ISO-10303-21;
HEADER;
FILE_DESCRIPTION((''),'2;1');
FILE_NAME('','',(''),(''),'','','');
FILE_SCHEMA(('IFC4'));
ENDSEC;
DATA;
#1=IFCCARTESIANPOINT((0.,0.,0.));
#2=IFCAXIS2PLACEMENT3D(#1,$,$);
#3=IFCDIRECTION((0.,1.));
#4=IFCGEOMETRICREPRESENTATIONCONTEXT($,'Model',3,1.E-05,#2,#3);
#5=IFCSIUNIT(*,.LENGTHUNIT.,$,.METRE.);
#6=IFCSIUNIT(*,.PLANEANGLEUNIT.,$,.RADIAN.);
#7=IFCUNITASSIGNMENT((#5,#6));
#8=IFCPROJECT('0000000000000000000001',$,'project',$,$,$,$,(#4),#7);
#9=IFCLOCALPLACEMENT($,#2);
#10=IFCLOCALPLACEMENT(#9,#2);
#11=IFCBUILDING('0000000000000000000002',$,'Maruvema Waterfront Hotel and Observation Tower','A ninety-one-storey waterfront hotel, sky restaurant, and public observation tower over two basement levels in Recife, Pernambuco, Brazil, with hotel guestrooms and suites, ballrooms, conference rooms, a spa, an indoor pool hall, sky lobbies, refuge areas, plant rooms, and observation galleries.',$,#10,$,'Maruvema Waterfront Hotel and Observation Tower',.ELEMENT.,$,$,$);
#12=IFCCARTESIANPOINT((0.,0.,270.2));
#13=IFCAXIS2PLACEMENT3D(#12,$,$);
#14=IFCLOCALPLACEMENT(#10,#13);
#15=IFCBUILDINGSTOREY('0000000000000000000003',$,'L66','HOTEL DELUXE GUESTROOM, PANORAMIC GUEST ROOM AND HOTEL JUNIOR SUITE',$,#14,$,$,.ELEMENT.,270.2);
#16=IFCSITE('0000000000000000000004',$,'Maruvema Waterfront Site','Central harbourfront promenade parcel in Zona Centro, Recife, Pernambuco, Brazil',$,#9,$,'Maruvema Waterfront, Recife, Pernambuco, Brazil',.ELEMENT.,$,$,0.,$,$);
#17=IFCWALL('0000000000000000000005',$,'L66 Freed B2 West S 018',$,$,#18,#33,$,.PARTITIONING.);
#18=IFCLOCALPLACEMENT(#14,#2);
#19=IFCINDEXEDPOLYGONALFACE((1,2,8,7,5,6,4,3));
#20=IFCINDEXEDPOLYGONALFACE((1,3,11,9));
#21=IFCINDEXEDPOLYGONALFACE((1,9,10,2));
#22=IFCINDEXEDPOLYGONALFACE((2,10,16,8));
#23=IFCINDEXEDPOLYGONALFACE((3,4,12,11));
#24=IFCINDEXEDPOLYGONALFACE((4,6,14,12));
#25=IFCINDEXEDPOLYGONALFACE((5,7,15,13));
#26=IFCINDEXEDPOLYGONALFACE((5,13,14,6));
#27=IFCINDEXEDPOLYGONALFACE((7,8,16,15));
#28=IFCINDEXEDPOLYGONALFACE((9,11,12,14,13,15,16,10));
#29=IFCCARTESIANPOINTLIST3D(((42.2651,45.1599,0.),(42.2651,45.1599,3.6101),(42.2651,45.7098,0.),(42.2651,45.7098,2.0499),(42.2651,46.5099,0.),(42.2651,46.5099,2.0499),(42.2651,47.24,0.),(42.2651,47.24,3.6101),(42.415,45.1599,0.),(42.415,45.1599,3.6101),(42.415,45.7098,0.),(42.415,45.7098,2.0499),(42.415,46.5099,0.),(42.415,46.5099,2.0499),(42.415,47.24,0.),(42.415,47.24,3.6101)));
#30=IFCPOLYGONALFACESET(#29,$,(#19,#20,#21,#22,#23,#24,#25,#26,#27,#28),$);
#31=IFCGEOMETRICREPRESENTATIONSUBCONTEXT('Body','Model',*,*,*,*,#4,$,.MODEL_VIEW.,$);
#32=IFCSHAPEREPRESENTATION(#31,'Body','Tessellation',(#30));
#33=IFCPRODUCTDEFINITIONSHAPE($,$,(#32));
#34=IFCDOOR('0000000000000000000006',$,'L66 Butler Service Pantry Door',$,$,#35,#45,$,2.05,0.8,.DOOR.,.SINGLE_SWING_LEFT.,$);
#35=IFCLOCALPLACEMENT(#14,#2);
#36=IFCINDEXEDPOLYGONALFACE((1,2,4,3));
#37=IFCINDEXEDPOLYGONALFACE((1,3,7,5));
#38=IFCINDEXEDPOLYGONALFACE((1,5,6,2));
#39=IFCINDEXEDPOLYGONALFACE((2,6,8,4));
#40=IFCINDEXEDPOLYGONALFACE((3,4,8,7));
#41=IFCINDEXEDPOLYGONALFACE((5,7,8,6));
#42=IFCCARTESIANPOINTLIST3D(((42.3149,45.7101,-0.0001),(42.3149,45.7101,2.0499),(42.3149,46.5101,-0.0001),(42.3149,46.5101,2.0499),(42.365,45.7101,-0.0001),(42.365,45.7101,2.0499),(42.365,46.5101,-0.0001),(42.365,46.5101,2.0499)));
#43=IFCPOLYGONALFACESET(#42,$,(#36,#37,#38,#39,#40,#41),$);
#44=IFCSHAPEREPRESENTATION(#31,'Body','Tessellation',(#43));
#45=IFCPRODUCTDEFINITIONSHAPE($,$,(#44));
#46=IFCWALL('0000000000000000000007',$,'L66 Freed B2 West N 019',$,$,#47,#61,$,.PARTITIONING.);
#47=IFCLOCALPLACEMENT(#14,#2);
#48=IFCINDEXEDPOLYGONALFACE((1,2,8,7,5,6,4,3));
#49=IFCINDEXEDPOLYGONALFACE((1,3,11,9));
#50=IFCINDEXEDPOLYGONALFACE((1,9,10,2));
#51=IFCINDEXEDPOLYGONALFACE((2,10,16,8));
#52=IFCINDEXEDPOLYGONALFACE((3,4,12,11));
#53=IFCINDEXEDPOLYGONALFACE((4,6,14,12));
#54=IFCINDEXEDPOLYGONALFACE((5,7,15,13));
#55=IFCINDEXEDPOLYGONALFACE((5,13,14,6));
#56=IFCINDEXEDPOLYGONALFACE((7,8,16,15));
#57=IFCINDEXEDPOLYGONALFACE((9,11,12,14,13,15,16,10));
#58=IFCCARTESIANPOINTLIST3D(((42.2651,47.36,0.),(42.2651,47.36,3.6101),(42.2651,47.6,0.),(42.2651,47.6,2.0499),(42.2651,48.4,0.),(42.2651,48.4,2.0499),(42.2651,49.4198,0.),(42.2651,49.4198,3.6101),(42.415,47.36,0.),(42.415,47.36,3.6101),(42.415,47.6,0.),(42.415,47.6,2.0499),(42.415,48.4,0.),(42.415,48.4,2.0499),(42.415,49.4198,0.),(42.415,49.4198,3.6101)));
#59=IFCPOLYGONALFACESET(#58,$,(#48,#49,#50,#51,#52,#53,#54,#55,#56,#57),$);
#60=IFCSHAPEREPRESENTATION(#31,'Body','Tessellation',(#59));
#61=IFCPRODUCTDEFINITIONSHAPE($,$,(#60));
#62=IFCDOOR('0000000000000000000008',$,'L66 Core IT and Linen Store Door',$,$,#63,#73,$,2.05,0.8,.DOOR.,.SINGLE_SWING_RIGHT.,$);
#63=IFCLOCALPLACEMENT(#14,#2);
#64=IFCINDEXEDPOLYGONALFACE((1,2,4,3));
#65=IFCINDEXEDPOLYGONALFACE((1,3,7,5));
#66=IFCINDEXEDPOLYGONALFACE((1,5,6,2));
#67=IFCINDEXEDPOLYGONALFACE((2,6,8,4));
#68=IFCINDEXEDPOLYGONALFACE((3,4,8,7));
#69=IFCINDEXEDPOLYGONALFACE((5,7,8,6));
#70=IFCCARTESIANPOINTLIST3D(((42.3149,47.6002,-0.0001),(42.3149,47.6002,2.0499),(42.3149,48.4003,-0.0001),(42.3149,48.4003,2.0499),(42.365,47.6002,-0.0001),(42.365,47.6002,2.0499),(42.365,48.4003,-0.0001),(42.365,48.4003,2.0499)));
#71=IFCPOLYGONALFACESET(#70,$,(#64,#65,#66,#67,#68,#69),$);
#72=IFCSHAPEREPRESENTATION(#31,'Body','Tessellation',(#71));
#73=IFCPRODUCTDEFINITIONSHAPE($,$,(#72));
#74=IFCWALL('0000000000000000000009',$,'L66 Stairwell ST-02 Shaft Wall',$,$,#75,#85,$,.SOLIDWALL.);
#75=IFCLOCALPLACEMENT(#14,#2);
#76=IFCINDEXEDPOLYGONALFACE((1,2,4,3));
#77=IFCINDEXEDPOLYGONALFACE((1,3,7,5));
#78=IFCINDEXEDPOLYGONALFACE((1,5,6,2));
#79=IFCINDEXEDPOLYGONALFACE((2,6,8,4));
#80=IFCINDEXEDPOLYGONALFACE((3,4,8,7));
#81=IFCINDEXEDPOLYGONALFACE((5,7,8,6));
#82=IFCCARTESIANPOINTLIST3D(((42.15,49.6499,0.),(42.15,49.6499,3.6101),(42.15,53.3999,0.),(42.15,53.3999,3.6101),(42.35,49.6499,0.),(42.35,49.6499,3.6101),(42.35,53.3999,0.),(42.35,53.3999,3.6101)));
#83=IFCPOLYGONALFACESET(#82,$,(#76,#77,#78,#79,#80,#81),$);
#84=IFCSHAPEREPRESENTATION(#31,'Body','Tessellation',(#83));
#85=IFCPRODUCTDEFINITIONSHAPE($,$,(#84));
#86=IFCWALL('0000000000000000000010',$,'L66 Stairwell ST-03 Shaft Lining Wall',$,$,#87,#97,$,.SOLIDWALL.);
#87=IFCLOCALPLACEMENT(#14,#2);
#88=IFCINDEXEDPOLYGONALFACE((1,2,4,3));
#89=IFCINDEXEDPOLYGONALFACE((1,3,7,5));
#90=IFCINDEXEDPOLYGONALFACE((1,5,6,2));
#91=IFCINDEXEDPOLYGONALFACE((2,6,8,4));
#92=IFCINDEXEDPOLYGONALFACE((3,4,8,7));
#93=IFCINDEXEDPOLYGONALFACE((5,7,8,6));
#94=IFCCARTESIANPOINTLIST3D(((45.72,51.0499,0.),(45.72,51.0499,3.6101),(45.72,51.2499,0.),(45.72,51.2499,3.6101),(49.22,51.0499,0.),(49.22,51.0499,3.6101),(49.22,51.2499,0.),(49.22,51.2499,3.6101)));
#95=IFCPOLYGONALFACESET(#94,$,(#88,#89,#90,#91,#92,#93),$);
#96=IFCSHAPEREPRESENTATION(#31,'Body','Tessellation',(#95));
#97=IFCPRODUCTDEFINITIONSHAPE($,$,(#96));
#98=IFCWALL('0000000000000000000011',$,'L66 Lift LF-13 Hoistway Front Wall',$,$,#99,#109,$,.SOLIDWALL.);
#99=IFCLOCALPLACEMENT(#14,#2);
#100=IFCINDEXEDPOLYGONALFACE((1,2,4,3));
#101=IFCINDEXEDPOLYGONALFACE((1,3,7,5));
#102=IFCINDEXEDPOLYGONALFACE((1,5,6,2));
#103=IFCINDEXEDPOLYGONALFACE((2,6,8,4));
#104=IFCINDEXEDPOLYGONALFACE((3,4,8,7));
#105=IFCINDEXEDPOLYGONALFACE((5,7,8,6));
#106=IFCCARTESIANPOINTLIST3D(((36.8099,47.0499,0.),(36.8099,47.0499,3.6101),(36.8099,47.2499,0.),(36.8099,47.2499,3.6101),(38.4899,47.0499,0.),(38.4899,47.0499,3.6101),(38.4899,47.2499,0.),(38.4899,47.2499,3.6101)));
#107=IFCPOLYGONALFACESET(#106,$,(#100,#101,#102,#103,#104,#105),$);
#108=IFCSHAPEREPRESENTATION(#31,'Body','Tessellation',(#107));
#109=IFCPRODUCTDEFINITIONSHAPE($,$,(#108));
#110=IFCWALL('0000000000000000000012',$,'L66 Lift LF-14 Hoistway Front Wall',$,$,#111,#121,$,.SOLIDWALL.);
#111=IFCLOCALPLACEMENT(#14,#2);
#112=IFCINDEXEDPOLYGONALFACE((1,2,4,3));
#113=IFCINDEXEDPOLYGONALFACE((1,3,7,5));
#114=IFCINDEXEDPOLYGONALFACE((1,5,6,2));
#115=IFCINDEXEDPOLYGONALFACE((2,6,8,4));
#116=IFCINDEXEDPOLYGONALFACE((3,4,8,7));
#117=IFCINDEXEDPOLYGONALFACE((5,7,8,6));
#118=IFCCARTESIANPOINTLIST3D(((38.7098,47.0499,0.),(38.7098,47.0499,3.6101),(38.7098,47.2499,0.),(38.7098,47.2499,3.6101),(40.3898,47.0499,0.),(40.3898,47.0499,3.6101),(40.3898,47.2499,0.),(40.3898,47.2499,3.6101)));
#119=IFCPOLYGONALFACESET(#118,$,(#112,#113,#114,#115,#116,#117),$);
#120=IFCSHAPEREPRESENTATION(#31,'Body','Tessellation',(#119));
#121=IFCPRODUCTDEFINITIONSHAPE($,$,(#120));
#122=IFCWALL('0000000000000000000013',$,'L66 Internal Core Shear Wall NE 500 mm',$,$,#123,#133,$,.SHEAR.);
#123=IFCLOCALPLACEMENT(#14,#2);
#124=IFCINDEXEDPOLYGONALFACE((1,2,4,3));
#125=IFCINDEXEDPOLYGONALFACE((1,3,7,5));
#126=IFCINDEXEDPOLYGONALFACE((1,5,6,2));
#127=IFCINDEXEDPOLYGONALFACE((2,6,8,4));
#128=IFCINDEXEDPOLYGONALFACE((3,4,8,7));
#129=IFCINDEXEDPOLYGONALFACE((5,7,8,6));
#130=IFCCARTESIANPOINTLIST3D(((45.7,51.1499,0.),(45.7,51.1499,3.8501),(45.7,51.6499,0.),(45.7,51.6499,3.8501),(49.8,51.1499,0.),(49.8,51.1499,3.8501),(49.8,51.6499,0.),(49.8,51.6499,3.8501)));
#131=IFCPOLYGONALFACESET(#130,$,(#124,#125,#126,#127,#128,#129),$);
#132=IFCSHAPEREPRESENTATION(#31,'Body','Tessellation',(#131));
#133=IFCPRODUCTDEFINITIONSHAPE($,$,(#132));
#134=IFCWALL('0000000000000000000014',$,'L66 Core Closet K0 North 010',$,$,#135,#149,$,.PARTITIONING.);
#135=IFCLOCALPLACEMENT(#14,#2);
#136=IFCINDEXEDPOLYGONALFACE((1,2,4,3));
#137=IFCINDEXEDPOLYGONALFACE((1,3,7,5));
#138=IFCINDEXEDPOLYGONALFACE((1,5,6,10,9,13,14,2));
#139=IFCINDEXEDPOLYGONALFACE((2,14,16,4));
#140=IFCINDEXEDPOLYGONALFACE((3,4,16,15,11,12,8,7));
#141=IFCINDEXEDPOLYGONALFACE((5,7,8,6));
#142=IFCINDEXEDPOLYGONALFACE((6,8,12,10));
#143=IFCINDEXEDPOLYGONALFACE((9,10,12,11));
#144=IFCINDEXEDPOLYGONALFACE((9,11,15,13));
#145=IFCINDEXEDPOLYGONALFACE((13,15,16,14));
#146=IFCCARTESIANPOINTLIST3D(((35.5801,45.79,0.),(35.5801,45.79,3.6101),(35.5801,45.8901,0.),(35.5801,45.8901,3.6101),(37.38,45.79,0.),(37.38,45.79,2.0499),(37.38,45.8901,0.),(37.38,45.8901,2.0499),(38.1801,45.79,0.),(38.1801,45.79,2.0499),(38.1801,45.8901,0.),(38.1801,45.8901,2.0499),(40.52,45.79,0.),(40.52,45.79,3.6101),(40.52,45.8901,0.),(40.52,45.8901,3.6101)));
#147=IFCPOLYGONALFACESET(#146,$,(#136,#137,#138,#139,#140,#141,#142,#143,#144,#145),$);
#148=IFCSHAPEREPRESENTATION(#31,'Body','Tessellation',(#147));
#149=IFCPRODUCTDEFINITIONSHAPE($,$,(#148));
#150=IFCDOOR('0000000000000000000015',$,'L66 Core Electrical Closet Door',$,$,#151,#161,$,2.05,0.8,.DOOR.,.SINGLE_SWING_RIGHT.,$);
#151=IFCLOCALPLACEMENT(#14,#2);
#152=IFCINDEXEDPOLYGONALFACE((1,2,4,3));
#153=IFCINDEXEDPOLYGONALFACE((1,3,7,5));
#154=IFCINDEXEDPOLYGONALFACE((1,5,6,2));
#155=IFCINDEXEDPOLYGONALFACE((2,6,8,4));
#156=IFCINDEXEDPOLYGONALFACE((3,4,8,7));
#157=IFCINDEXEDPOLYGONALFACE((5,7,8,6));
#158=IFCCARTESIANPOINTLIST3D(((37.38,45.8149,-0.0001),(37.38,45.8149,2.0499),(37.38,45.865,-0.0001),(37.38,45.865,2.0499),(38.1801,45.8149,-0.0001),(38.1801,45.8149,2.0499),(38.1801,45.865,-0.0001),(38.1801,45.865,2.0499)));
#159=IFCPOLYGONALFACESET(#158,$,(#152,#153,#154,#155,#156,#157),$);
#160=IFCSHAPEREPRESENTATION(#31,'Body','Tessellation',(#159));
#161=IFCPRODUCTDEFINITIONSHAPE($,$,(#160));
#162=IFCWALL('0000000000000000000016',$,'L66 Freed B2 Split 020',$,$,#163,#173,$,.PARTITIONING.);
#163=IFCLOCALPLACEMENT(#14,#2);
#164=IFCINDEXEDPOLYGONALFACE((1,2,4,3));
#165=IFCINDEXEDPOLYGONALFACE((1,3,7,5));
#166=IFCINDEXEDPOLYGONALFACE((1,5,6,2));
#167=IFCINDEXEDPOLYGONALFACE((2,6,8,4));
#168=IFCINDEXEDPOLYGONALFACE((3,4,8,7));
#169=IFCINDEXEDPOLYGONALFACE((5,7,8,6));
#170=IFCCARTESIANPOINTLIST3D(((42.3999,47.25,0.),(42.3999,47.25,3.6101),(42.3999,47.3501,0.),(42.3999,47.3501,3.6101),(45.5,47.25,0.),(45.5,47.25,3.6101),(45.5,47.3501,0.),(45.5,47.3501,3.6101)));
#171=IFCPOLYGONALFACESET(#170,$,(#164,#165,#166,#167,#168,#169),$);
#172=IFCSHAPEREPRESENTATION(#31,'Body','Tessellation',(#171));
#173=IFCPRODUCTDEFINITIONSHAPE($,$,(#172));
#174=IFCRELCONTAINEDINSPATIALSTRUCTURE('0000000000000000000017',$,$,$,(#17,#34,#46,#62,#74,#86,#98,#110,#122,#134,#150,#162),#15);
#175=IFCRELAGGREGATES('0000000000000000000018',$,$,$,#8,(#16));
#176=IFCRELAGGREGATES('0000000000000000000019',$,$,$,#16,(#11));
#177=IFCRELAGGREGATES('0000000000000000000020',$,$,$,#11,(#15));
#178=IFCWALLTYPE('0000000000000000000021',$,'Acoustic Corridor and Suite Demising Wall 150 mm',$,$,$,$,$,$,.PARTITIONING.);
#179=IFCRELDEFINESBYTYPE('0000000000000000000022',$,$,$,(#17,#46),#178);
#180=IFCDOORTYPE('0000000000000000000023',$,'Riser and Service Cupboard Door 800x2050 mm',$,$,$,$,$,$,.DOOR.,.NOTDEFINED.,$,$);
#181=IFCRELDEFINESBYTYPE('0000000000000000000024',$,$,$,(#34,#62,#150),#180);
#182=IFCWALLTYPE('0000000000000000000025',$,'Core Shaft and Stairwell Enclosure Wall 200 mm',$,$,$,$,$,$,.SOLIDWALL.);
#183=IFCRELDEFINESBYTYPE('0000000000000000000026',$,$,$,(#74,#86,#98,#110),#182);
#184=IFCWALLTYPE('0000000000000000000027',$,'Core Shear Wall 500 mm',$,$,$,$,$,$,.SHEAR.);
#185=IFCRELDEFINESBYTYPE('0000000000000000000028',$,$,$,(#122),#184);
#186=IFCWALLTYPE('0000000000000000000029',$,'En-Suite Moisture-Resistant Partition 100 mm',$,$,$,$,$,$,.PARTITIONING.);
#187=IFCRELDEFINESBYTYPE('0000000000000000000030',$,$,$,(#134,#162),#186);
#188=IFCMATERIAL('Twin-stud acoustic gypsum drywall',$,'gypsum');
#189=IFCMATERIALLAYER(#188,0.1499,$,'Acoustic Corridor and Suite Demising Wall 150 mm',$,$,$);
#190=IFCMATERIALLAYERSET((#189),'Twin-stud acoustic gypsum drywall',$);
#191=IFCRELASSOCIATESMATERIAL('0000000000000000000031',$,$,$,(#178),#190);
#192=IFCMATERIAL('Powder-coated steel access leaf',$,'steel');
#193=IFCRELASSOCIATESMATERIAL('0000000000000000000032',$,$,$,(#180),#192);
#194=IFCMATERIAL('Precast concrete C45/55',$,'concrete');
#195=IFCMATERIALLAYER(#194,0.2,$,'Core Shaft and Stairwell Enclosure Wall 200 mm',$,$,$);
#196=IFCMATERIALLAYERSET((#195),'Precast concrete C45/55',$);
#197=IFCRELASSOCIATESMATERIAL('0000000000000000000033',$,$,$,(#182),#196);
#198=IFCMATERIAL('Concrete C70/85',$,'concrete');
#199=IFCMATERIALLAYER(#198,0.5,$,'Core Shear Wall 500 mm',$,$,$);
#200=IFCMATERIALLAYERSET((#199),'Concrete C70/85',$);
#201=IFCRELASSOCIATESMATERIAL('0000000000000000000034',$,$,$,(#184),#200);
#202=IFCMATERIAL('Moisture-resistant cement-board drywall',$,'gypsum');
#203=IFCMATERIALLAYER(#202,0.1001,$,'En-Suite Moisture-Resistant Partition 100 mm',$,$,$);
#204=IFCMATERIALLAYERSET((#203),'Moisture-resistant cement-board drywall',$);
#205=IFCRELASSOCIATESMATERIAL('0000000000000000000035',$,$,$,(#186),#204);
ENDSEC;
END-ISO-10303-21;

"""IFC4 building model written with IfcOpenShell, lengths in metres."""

from ifc_helpers import new_model, si_unit, direction, frame, frame_2d, origin, place, context, subcontext, project, spatial, rectangle, extrude, material, layer, layer_set, type_object, element, fill, save


model = new_model("IFC4")

# Units and contexts
model_context = context("Model", 3, precision=1e-05, world=origin(), true_north=direction((0.0, 1.0)))
body_context = subcontext(model_context, "Body", "Model", "MODEL_VIEW")
ifc_project = project(units=[si_unit("LENGTHUNIT", "METRE"), si_unit("PLANEANGLEUNIT", "RADIAN")], contexts=[model_context])

# Site, building, storey
site_placement = place(None, origin())
site = spatial("IfcSite", under=ifc_project, at=site_placement, Name="Maruvema Waterfront Site", Description="Central harbourfront promenade parcel in Zona Centro, Recife, Pernambuco, Brazil", LongName="Maruvema Waterfront, Recife, Pernambuco, Brazil", CompositionType="ELEMENT", RefElevation=0.0)
building_placement = place(site_placement, origin())
building = spatial("IfcBuilding", under=site, at=building_placement, Name="Maruvema Waterfront Hotel and Observation Tower", Description="A ninety-one-storey waterfront hotel, sky restaurant, and public observation tower over two basement levels in Recife, Pernambuco, Brazil, with hotel guestrooms and suites, ballrooms, conference rooms, a spa, an indoor pool hall, sky lobbies, refuge areas, plant rooms, and observation galleries.", LongName="Maruvema Waterfront Hotel and Observation Tower", CompositionType="ELEMENT")
storey_placement = place(building_placement, frame((0.0, 0.0, 270.2)))
storey = spatial("IfcBuildingStorey", under=building, at=storey_placement, Name="L66", Description="HOTEL DELUXE GUESTROOM, PANORAMIC GUEST ROOM AND HOTEL JUNIOR SUITE", CompositionType="ELEMENT", Elevation=270.2)

# Walls, openings, doors
ifc_material_1 = material(Name="Twin-stud acoustic gypsum drywall", Category="gypsum")
ifc_layer_1 = layer(ifc_material_1, 0.1499, Name="Acoustic Corridor and Suite Demising Wall 150 mm")
ifc_layer_set_1 = layer_set([ifc_layer_1], Name="Twin-stud acoustic gypsum drywall")
wall_type_1 = type_object("IfcWallType", Name="Acoustic Corridor and Suite Demising Wall 150 mm", PredefinedType="PARTITIONING", material=ifc_layer_set_1)
wall_1_placement = place(storey_placement, frame((42.3401, 45.1599, 0.0), z_axis=(0.0, 0.0, 1.0), x_axis=(0.0, 1.0, 0.0)))
wall_1 = element("IfcWall", 1, at=wall_1_placement, inside=storey, type_object=wall_type_1, Name="L66 Freed B2 West S 018", PredefinedType="PARTITIONING", context=body_context, shape_type="SweptSolid", body=[
    extrude(rectangle(XDim=2.0801, YDim=0.1499, at=frame_2d((1.04, 0.0))), origin(), (0.0, 0.0, 1.0), 3.6101),
])
opening_1_placement = place(wall_1_placement, frame((0.55, 0.0, 0.0)))
opening_1 = element("IfcOpeningElement", 2, at=opening_1_placement, cuts=wall_1, PredefinedType="OPENING", context=body_context, shape_type="SweptSolid", body=[
    extrude(rectangle(XDim=0.8, YDim=2.05, at=frame_2d((0.3999, 1.0249))), frame((0.0, 0.085, 0.0), z_axis=(0.0, -1.0, 0.0), x_axis=(1.0, 0.0, 0.0)), (0.0, 0.0, 1.0), 0.1699),
])
ifc_material_2 = material(Name="Powder-coated steel access leaf", Category="steel")
door_type = type_object("IfcDoorType", Name="Riser and Service Cupboard Door 800x2050 mm", OperationType="NOTDEFINED", PredefinedType="DOOR", material=ifc_material_2)
door_1_placement = place(opening_1_placement, frame((0.8, 0.0, 0.0), z_axis=(0.0, 0.0, 1.0), x_axis=(-1.0, 0.0, 0.0)))
door_1 = element("IfcDoor", 3, at=door_1_placement, inside=storey, type_object=door_type, Name="L66 Butler Service Pantry Door", OperationType="SINGLE_SWING_LEFT", OverallHeight=2.05, OverallWidth=0.8, PredefinedType="DOOR", context=body_context, shape_type="SweptSolid", body=[
    extrude(rectangle(XDim=0.8, YDim=2.05, at=frame_2d((0.3999, 1.0249))), frame((0.0, 0.0249, 0.0), z_axis=(0.0, -1.0, 0.0), x_axis=(1.0, 0.0, 0.0)), (0.0, 0.0, 1.0), 0.05),
])
fill(opening_1, door_1)
wall_2_placement = place(storey_placement, frame((42.3401, 47.3601, 0.0), z_axis=(0.0, 0.0, 1.0), x_axis=(0.0, 1.0, 0.0)))
wall_2 = element("IfcWall", 4, at=wall_2_placement, inside=storey, type_object=wall_type_1, Name="L66 Freed B2 West N 019", PredefinedType="PARTITIONING", context=body_context, shape_type="SweptSolid", body=[
    extrude(rectangle(XDim=2.0598, YDim=0.1499, at=frame_2d((1.0298, 0.0))), origin(), (0.0, 0.0, 1.0), 3.6101),
])
opening_2_placement = place(wall_2_placement, frame((0.24, 0.0, 0.0)))
opening_2 = element("IfcOpeningElement", 5, at=opening_2_placement, cuts=wall_2, PredefinedType="OPENING", context=body_context, shape_type="SweptSolid", body=[
    extrude(rectangle(XDim=0.8, YDim=2.05, at=frame_2d((0.3999, 1.0249))), frame((0.0, 0.085, 0.0), z_axis=(0.0, -1.0, 0.0), x_axis=(1.0, 0.0, 0.0)), (0.0, 0.0, 1.0), 0.1699),
])
door_2_placement = place(opening_2_placement, frame((0.8, 0.0, 0.0), z_axis=(0.0, 0.0, 1.0), x_axis=(-1.0, 0.0, 0.0)))
door_2 = element("IfcDoor", 6, at=door_2_placement, inside=storey, type_object=door_type, Name="L66 Core IT and Linen Store Door", OperationType="SINGLE_SWING_RIGHT", OverallHeight=2.05, OverallWidth=0.8, PredefinedType="DOOR", context=body_context, shape_type="SweptSolid", body=[
    extrude(rectangle(XDim=0.8, YDim=2.05, at=frame_2d((0.3999, 1.0249))), frame((0.0, 0.0249, 0.0), z_axis=(0.0, -1.0, 0.0), x_axis=(1.0, 0.0, 0.0)), (0.0, 0.0, 1.0), 0.05),
])
fill(opening_2, door_2)

# Walls
ifc_material_3 = material(Name="Precast concrete C45/55", Category="concrete")
ifc_layer_2 = layer(ifc_material_3, 0.2, Name="Core Shaft and Stairwell Enclosure Wall 200 mm")
ifc_layer_set_2 = layer_set([ifc_layer_2], Name="Precast concrete C45/55")
wall_type_2 = type_object("IfcWallType", Name="Core Shaft and Stairwell Enclosure Wall 200 mm", PredefinedType="SOLIDWALL", material=ifc_layer_set_2)
wall_3_placement = place(storey_placement, frame((42.25, 49.6499, 0.0), z_axis=(0.0, 0.0, 1.0), x_axis=(0.0, 1.0, 0.0)))
element("IfcWall", 7, at=wall_3_placement, inside=storey, type_object=wall_type_2, Name="L66 Stairwell ST-02 Shaft Wall", PredefinedType="SOLIDWALL", context=body_context, shape_type="SweptSolid", body=[
    extrude(rectangle(XDim=3.75, YDim=0.2, at=frame_2d((1.875, 0.0))), origin(), (0.0, 0.0, 1.0), 3.6101),
])
wall_4_placement = place(storey_placement, frame((45.72, 51.1499, 0.0), z_axis=(0.0, 0.0, 1.0), x_axis=(1.0, 0.0, 0.0)))
element("IfcWall", 8, at=wall_4_placement, inside=storey, type_object=wall_type_2, Name="L66 Stairwell ST-03 Shaft Lining Wall", PredefinedType="SOLIDWALL", context=body_context, shape_type="SweptSolid", body=[
    extrude(rectangle(XDim=3.5, YDim=0.2, at=frame_2d((1.75, 0.0))), origin(), (0.0, 0.0, 1.0), 3.6101),
])
for number, where, z_axis, x_axis, name in (
    (9, (36.8101, 47.1499, 0.0), (0.0, 0.0, 1.0), (1.0, 0.0, 0.0), "L66 Lift LF-13 Hoistway Front Wall"),
    (10, (38.71, 47.1499, 0.0), (0.0, 0.0, 1.0), (1.0, 0.0, 0.0), "L66 Lift LF-14 Hoistway Front Wall"),
):
    element("IfcWall", number, at=place(storey_placement, frame(where, z_axis=z_axis, x_axis=x_axis)), inside=storey, type_object=wall_type_2, Name=name, PredefinedType="SOLIDWALL", context=body_context, shape_type="SweptSolid", body=[
        extrude(rectangle(XDim=1.6799, YDim=0.2, at=frame_2d((0.8398, 0.0))), origin(), (0.0, 0.0, 1.0), 3.6101),
    ])
ifc_material_4 = material(Name="Concrete C70/85", Category="concrete")
ifc_layer_3 = layer(ifc_material_4, 0.5, Name="Core Shear Wall 500 mm")
ifc_layer_set_3 = layer_set([ifc_layer_3], Name="Concrete C70/85")
wall_type_3 = type_object("IfcWallType", Name="Core Shear Wall 500 mm", PredefinedType="SHEAR", material=ifc_layer_set_3)
wall_5_placement = place(storey_placement, frame((45.7, 51.3999, 0.0), z_axis=(0.0, 0.0, 1.0), x_axis=(1.0, 0.0, 0.0)))
element("IfcWall", 11, at=wall_5_placement, inside=storey, type_object=wall_type_3, Name="L66 Internal Core Shear Wall NE 500 mm", PredefinedType="SHEAR", context=body_context, shape_type="SweptSolid", body=[
    extrude(rectangle(XDim=4.1001, YDim=0.5, at=frame_2d((2.05, 0.0))), origin(), (0.0, 0.0, 1.0), 3.8501),
])

# Wall, opening, door
ifc_material_5 = material(Name="Moisture-resistant cement-board drywall", Category="gypsum")
ifc_layer_4 = layer(ifc_material_5, 0.1001, Name="En-Suite Moisture-Resistant Partition 100 mm")
ifc_layer_set_4 = layer_set([ifc_layer_4], Name="Moisture-resistant cement-board drywall")
wall_type_4 = type_object("IfcWallType", Name="En-Suite Moisture-Resistant Partition 100 mm", PredefinedType="PARTITIONING", material=ifc_layer_set_4)
wall_6_placement = place(storey_placement, frame((35.5801, 45.8401, 0.0), z_axis=(0.0, 0.0, 1.0), x_axis=(1.0, 0.0, 0.0)))
wall_6 = element("IfcWall", 12, at=wall_6_placement, inside=storey, type_object=wall_type_4, Name="L66 Core Closet K0 North 010", PredefinedType="PARTITIONING", context=body_context, shape_type="SweptSolid", body=[
    extrude(rectangle(XDim=4.9399, YDim=0.1001, at=frame_2d((2.47, 0.0))), origin(), (0.0, 0.0, 1.0), 3.6101),
])
opening_3_placement = place(wall_6_placement, frame((1.8, 0.0, 0.0)))
opening_3 = element("IfcOpeningElement", 13, at=opening_3_placement, cuts=wall_6, PredefinedType="OPENING", context=body_context, shape_type="SweptSolid", body=[
    extrude(rectangle(XDim=0.8, YDim=2.05, at=frame_2d((0.3999, 1.0249))), frame((0.0, 0.0601, 0.0), z_axis=(0.0, -1.0, 0.0), x_axis=(1.0, 0.0, 0.0)), (0.0, 0.0, 1.0), 0.1201),
])
door_3_placement = place(opening_3_placement, origin())
door_3 = element("IfcDoor", 14, at=door_3_placement, inside=storey, type_object=door_type, Name="L66 Core Electrical Closet Door", OperationType="SINGLE_SWING_RIGHT", OverallHeight=2.05, OverallWidth=0.8, PredefinedType="DOOR", context=body_context, shape_type="SweptSolid", body=[
    extrude(rectangle(XDim=0.8, YDim=2.05, at=frame_2d((0.3999, 1.0249))), frame((0.0, 0.0249, 0.0), z_axis=(0.0, -1.0, 0.0), x_axis=(1.0, 0.0, 0.0)), (0.0, 0.0, 1.0), 0.05),
])
fill(opening_3, door_3)

# Wall
wall_7_placement = place(storey_placement, frame((42.3999, 47.3, 0.0), z_axis=(0.0, 0.0, 1.0), x_axis=(1.0, 0.0, 0.0)))
element("IfcWall", 15, at=wall_7_placement, inside=storey, type_object=wall_type_4, Name="L66 Freed B2 Split 020", PredefinedType="PARTITIONING", context=body_context, shape_type="SweptSolid", body=[
    extrude(rectangle(XDim=3.1001, YDim=0.1001, at=frame_2d((1.55, 0.0))), origin(), (0.0, 0.0, 1.0), 3.6101),
])

save(model, "model.ifc")
